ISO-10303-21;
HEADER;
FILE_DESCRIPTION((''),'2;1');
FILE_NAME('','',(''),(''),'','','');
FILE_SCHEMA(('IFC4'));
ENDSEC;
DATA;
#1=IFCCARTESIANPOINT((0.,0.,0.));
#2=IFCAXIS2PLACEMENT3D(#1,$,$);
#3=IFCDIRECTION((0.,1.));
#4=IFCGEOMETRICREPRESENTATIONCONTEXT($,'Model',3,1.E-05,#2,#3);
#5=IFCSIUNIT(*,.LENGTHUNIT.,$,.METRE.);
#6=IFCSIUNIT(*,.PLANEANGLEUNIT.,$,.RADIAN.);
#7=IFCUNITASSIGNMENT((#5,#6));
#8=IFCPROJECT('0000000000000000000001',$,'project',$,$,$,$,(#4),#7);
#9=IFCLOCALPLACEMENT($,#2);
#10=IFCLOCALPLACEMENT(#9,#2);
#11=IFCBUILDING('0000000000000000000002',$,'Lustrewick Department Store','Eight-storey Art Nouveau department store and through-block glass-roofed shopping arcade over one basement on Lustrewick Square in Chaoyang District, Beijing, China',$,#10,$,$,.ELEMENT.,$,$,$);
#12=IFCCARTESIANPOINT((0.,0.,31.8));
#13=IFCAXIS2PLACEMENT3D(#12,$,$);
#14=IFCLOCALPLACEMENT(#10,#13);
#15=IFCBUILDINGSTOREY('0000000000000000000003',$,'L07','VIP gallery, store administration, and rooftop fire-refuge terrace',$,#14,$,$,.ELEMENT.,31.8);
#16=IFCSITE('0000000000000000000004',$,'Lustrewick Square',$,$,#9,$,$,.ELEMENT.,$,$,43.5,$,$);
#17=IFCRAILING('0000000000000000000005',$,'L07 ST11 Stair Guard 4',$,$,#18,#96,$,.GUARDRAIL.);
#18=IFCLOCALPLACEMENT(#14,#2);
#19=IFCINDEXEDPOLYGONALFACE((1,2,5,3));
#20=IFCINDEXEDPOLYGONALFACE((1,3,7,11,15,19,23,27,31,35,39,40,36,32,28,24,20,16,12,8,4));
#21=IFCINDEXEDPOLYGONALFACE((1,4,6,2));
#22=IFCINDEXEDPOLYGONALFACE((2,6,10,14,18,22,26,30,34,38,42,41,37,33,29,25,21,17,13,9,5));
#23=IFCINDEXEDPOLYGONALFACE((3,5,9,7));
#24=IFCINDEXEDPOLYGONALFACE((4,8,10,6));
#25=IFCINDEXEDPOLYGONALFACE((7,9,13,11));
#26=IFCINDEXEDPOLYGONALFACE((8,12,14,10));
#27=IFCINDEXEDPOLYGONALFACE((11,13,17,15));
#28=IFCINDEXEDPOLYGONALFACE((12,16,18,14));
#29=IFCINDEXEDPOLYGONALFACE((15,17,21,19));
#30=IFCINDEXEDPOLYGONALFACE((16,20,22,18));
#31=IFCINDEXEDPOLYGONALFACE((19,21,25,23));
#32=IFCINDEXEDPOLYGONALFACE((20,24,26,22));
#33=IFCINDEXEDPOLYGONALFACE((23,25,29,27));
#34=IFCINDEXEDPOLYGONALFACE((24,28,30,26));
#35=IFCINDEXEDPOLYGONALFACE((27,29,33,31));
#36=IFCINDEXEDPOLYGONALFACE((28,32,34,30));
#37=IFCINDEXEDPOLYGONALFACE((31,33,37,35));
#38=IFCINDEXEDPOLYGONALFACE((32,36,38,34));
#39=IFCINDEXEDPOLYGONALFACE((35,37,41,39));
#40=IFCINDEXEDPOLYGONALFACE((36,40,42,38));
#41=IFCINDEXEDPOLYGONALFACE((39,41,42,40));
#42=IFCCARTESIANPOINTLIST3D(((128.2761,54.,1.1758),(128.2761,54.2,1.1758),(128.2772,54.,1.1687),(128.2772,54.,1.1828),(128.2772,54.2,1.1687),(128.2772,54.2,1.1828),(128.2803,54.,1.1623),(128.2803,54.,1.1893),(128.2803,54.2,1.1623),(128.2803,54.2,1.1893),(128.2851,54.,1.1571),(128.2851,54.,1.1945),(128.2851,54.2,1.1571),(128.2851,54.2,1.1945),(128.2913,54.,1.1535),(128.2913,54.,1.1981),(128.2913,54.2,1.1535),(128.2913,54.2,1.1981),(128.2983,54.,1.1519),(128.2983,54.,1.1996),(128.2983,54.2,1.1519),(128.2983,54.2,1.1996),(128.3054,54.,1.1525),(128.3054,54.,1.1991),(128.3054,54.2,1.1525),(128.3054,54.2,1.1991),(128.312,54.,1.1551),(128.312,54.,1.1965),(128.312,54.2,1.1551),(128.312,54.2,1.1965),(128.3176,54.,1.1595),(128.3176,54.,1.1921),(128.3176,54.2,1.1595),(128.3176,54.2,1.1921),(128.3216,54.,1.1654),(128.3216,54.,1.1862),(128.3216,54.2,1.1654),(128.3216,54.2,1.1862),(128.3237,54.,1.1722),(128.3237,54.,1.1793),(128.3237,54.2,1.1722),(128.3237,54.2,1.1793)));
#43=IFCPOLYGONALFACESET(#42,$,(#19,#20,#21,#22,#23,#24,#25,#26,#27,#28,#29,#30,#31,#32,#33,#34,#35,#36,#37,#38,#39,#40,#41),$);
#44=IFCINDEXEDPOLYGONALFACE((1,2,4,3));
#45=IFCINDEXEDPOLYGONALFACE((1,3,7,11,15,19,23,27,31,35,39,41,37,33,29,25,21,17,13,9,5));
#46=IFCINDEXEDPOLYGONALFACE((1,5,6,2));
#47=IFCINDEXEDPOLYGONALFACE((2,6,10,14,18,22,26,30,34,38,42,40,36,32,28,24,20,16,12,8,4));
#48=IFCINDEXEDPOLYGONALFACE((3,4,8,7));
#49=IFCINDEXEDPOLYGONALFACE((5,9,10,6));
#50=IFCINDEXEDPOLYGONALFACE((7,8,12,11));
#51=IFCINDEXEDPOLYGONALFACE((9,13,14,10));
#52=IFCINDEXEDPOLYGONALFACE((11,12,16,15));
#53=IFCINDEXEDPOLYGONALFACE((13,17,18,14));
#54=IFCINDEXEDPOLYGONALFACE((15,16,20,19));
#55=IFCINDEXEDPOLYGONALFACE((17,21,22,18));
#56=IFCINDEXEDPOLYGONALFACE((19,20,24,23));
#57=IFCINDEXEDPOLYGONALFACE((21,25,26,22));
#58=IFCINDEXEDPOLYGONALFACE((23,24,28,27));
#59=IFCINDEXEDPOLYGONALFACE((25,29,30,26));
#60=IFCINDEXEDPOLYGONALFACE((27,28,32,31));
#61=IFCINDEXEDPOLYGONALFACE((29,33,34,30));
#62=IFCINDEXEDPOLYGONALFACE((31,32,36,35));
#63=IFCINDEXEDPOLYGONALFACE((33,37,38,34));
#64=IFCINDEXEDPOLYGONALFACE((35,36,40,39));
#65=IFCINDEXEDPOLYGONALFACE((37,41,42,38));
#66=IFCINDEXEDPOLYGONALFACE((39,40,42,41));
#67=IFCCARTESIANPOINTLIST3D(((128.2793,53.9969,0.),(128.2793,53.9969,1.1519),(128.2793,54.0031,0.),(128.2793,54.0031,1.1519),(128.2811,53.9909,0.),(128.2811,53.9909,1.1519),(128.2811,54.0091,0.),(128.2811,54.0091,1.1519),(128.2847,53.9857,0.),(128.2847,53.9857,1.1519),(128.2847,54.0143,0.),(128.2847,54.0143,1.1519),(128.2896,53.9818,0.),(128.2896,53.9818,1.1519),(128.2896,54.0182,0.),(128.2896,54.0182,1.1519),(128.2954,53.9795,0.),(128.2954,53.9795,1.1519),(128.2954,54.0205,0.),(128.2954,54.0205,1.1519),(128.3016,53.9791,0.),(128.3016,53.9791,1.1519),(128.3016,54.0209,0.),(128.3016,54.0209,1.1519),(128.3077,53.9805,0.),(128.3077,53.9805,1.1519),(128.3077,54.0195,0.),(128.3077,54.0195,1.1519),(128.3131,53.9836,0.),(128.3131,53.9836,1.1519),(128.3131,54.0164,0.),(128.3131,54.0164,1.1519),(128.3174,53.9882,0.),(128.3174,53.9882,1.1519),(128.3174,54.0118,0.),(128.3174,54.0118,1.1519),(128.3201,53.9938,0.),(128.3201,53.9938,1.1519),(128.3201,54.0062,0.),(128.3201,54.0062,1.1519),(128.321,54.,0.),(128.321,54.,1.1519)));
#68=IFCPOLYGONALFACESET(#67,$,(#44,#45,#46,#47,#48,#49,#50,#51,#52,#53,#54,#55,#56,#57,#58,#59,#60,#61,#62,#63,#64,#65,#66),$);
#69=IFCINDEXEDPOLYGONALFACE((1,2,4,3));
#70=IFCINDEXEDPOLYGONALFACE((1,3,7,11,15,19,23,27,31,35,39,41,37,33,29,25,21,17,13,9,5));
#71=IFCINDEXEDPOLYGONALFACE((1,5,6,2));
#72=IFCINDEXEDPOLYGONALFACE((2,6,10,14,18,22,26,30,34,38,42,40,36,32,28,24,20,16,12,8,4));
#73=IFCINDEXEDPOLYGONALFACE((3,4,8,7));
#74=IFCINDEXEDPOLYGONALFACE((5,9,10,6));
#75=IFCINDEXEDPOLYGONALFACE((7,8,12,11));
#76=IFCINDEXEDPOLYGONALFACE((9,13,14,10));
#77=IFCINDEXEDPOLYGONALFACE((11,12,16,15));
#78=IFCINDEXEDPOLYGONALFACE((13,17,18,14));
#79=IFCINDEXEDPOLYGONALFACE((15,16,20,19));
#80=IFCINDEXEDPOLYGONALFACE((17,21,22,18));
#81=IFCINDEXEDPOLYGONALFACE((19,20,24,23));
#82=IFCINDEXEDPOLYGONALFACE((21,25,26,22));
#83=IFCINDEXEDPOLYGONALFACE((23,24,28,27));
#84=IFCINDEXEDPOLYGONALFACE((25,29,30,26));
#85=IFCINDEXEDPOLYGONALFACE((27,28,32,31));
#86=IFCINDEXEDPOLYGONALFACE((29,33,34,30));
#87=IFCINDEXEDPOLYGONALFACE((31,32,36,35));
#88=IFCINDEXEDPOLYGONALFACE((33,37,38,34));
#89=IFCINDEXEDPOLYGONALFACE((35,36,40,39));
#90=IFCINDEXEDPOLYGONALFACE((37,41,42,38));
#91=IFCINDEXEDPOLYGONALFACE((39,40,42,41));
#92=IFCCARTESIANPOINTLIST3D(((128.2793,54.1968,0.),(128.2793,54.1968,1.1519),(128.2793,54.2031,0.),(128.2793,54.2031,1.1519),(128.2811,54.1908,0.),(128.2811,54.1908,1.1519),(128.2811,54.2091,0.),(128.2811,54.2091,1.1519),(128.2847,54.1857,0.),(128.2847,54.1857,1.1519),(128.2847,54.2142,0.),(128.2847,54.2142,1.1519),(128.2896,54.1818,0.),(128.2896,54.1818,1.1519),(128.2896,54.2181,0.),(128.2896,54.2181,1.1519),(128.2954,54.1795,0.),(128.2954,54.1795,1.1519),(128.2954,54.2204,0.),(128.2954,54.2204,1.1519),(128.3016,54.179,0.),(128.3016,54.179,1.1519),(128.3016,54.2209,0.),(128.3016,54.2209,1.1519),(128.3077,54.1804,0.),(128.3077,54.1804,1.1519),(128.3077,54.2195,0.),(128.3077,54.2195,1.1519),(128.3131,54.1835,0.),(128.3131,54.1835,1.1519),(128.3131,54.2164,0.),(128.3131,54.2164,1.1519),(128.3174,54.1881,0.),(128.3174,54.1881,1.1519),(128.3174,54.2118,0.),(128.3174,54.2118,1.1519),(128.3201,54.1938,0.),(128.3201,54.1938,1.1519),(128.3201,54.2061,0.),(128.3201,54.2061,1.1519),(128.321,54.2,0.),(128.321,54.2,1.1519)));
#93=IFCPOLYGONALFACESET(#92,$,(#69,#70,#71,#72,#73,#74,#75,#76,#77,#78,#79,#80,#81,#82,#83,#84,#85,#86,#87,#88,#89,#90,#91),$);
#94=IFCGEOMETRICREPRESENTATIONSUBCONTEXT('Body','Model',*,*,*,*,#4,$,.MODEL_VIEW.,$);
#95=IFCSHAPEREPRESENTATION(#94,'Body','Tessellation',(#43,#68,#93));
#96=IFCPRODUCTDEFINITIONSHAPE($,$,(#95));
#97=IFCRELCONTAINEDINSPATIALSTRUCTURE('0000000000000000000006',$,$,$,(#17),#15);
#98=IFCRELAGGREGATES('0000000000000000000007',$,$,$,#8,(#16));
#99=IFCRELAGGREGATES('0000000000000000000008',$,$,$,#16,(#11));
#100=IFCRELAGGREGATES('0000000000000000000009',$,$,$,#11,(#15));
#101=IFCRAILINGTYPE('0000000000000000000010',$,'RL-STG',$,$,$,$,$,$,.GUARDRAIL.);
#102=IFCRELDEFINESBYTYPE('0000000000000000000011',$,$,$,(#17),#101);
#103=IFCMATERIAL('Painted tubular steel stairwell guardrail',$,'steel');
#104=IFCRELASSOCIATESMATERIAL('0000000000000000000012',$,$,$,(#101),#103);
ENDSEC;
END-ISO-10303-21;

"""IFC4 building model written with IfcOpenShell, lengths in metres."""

from ifc_helpers import new_model, si_unit, direction, frame, origin, origin_2d, place, context, subcontext, project, spatial, circle, extrude, material, type_object, element, save


model = new_model("IFC4")

# Units and contexts
model_context = context("Model", 3, precision=1e-05, world=origin(), true_north=direction((0.0, 1.0)))
body_context = subcontext(model_context, "Body", "Model", "MODEL_VIEW")
ifc_project = project(units=[si_unit("LENGTHUNIT", "METRE"), si_unit("PLANEANGLEUNIT", "RADIAN")], contexts=[model_context])

# Site, building, storey
site_placement = place(None, origin())
site = spatial("IfcSite", under=ifc_project, at=site_placement, Name="Lustrewick Square", CompositionType="ELEMENT", RefElevation=43.5)
building_placement = place(site_placement, origin())
building = spatial("IfcBuilding", under=site, at=building_placement, Name="Lustrewick Department Store", Description="Eight-storey Art Nouveau department store and through-block glass-roofed shopping arcade over one basement on Lustrewick Square in Chaoyang District, Beijing, China", CompositionType="ELEMENT")
storey_placement = place(building_placement, frame((0.0, 0.0, 31.8)))
storey = spatial("IfcBuildingStorey", under=building, at=storey_placement, Name="L07", Description="VIP gallery, store administration, and rooftop fire-refuge terrace", CompositionType="ELEMENT", Elevation=31.8)

# Railing
ifc_material_1 = material(Name="Painted tubular steel stairwell guardrail", Category="steel")
railing_type_1 = type_object("IfcRailingType", Name="RL-STG", PredefinedType="GUARDRAIL", material=ifc_material_1)
railing_1_placement = place(storey_placement, frame((128.3, 54.0, 0.0)))
element("IfcRailing", 1, at=railing_1_placement, inside=storey, type_object=railing_type_1, Name="L07 ST11 Stair Guard 4", PredefinedType="GUARDRAIL", context=body_context, shape_type="SweptSolid", body=[
    extrude(circle(Radius=0.0239, at=origin_2d()), frame((0.0, 0.0, 1.1758), z_axis=(0.0, 1.0, 0.0), x_axis=(-1.0, 0.0, 0.0)), (0.0, 0.0, 1.0), 0.2),
    extrude(circle(Radius=0.021, at=origin_2d()), origin(), (0.0, 0.0, 1.0), 1.1519),
    extrude(circle(Radius=0.021, at=origin_2d()), frame((0.0, 0.2, 0.0)), (0.0, 0.0, 1.0), 1.1519),
])

save(model, "model.ifc")
